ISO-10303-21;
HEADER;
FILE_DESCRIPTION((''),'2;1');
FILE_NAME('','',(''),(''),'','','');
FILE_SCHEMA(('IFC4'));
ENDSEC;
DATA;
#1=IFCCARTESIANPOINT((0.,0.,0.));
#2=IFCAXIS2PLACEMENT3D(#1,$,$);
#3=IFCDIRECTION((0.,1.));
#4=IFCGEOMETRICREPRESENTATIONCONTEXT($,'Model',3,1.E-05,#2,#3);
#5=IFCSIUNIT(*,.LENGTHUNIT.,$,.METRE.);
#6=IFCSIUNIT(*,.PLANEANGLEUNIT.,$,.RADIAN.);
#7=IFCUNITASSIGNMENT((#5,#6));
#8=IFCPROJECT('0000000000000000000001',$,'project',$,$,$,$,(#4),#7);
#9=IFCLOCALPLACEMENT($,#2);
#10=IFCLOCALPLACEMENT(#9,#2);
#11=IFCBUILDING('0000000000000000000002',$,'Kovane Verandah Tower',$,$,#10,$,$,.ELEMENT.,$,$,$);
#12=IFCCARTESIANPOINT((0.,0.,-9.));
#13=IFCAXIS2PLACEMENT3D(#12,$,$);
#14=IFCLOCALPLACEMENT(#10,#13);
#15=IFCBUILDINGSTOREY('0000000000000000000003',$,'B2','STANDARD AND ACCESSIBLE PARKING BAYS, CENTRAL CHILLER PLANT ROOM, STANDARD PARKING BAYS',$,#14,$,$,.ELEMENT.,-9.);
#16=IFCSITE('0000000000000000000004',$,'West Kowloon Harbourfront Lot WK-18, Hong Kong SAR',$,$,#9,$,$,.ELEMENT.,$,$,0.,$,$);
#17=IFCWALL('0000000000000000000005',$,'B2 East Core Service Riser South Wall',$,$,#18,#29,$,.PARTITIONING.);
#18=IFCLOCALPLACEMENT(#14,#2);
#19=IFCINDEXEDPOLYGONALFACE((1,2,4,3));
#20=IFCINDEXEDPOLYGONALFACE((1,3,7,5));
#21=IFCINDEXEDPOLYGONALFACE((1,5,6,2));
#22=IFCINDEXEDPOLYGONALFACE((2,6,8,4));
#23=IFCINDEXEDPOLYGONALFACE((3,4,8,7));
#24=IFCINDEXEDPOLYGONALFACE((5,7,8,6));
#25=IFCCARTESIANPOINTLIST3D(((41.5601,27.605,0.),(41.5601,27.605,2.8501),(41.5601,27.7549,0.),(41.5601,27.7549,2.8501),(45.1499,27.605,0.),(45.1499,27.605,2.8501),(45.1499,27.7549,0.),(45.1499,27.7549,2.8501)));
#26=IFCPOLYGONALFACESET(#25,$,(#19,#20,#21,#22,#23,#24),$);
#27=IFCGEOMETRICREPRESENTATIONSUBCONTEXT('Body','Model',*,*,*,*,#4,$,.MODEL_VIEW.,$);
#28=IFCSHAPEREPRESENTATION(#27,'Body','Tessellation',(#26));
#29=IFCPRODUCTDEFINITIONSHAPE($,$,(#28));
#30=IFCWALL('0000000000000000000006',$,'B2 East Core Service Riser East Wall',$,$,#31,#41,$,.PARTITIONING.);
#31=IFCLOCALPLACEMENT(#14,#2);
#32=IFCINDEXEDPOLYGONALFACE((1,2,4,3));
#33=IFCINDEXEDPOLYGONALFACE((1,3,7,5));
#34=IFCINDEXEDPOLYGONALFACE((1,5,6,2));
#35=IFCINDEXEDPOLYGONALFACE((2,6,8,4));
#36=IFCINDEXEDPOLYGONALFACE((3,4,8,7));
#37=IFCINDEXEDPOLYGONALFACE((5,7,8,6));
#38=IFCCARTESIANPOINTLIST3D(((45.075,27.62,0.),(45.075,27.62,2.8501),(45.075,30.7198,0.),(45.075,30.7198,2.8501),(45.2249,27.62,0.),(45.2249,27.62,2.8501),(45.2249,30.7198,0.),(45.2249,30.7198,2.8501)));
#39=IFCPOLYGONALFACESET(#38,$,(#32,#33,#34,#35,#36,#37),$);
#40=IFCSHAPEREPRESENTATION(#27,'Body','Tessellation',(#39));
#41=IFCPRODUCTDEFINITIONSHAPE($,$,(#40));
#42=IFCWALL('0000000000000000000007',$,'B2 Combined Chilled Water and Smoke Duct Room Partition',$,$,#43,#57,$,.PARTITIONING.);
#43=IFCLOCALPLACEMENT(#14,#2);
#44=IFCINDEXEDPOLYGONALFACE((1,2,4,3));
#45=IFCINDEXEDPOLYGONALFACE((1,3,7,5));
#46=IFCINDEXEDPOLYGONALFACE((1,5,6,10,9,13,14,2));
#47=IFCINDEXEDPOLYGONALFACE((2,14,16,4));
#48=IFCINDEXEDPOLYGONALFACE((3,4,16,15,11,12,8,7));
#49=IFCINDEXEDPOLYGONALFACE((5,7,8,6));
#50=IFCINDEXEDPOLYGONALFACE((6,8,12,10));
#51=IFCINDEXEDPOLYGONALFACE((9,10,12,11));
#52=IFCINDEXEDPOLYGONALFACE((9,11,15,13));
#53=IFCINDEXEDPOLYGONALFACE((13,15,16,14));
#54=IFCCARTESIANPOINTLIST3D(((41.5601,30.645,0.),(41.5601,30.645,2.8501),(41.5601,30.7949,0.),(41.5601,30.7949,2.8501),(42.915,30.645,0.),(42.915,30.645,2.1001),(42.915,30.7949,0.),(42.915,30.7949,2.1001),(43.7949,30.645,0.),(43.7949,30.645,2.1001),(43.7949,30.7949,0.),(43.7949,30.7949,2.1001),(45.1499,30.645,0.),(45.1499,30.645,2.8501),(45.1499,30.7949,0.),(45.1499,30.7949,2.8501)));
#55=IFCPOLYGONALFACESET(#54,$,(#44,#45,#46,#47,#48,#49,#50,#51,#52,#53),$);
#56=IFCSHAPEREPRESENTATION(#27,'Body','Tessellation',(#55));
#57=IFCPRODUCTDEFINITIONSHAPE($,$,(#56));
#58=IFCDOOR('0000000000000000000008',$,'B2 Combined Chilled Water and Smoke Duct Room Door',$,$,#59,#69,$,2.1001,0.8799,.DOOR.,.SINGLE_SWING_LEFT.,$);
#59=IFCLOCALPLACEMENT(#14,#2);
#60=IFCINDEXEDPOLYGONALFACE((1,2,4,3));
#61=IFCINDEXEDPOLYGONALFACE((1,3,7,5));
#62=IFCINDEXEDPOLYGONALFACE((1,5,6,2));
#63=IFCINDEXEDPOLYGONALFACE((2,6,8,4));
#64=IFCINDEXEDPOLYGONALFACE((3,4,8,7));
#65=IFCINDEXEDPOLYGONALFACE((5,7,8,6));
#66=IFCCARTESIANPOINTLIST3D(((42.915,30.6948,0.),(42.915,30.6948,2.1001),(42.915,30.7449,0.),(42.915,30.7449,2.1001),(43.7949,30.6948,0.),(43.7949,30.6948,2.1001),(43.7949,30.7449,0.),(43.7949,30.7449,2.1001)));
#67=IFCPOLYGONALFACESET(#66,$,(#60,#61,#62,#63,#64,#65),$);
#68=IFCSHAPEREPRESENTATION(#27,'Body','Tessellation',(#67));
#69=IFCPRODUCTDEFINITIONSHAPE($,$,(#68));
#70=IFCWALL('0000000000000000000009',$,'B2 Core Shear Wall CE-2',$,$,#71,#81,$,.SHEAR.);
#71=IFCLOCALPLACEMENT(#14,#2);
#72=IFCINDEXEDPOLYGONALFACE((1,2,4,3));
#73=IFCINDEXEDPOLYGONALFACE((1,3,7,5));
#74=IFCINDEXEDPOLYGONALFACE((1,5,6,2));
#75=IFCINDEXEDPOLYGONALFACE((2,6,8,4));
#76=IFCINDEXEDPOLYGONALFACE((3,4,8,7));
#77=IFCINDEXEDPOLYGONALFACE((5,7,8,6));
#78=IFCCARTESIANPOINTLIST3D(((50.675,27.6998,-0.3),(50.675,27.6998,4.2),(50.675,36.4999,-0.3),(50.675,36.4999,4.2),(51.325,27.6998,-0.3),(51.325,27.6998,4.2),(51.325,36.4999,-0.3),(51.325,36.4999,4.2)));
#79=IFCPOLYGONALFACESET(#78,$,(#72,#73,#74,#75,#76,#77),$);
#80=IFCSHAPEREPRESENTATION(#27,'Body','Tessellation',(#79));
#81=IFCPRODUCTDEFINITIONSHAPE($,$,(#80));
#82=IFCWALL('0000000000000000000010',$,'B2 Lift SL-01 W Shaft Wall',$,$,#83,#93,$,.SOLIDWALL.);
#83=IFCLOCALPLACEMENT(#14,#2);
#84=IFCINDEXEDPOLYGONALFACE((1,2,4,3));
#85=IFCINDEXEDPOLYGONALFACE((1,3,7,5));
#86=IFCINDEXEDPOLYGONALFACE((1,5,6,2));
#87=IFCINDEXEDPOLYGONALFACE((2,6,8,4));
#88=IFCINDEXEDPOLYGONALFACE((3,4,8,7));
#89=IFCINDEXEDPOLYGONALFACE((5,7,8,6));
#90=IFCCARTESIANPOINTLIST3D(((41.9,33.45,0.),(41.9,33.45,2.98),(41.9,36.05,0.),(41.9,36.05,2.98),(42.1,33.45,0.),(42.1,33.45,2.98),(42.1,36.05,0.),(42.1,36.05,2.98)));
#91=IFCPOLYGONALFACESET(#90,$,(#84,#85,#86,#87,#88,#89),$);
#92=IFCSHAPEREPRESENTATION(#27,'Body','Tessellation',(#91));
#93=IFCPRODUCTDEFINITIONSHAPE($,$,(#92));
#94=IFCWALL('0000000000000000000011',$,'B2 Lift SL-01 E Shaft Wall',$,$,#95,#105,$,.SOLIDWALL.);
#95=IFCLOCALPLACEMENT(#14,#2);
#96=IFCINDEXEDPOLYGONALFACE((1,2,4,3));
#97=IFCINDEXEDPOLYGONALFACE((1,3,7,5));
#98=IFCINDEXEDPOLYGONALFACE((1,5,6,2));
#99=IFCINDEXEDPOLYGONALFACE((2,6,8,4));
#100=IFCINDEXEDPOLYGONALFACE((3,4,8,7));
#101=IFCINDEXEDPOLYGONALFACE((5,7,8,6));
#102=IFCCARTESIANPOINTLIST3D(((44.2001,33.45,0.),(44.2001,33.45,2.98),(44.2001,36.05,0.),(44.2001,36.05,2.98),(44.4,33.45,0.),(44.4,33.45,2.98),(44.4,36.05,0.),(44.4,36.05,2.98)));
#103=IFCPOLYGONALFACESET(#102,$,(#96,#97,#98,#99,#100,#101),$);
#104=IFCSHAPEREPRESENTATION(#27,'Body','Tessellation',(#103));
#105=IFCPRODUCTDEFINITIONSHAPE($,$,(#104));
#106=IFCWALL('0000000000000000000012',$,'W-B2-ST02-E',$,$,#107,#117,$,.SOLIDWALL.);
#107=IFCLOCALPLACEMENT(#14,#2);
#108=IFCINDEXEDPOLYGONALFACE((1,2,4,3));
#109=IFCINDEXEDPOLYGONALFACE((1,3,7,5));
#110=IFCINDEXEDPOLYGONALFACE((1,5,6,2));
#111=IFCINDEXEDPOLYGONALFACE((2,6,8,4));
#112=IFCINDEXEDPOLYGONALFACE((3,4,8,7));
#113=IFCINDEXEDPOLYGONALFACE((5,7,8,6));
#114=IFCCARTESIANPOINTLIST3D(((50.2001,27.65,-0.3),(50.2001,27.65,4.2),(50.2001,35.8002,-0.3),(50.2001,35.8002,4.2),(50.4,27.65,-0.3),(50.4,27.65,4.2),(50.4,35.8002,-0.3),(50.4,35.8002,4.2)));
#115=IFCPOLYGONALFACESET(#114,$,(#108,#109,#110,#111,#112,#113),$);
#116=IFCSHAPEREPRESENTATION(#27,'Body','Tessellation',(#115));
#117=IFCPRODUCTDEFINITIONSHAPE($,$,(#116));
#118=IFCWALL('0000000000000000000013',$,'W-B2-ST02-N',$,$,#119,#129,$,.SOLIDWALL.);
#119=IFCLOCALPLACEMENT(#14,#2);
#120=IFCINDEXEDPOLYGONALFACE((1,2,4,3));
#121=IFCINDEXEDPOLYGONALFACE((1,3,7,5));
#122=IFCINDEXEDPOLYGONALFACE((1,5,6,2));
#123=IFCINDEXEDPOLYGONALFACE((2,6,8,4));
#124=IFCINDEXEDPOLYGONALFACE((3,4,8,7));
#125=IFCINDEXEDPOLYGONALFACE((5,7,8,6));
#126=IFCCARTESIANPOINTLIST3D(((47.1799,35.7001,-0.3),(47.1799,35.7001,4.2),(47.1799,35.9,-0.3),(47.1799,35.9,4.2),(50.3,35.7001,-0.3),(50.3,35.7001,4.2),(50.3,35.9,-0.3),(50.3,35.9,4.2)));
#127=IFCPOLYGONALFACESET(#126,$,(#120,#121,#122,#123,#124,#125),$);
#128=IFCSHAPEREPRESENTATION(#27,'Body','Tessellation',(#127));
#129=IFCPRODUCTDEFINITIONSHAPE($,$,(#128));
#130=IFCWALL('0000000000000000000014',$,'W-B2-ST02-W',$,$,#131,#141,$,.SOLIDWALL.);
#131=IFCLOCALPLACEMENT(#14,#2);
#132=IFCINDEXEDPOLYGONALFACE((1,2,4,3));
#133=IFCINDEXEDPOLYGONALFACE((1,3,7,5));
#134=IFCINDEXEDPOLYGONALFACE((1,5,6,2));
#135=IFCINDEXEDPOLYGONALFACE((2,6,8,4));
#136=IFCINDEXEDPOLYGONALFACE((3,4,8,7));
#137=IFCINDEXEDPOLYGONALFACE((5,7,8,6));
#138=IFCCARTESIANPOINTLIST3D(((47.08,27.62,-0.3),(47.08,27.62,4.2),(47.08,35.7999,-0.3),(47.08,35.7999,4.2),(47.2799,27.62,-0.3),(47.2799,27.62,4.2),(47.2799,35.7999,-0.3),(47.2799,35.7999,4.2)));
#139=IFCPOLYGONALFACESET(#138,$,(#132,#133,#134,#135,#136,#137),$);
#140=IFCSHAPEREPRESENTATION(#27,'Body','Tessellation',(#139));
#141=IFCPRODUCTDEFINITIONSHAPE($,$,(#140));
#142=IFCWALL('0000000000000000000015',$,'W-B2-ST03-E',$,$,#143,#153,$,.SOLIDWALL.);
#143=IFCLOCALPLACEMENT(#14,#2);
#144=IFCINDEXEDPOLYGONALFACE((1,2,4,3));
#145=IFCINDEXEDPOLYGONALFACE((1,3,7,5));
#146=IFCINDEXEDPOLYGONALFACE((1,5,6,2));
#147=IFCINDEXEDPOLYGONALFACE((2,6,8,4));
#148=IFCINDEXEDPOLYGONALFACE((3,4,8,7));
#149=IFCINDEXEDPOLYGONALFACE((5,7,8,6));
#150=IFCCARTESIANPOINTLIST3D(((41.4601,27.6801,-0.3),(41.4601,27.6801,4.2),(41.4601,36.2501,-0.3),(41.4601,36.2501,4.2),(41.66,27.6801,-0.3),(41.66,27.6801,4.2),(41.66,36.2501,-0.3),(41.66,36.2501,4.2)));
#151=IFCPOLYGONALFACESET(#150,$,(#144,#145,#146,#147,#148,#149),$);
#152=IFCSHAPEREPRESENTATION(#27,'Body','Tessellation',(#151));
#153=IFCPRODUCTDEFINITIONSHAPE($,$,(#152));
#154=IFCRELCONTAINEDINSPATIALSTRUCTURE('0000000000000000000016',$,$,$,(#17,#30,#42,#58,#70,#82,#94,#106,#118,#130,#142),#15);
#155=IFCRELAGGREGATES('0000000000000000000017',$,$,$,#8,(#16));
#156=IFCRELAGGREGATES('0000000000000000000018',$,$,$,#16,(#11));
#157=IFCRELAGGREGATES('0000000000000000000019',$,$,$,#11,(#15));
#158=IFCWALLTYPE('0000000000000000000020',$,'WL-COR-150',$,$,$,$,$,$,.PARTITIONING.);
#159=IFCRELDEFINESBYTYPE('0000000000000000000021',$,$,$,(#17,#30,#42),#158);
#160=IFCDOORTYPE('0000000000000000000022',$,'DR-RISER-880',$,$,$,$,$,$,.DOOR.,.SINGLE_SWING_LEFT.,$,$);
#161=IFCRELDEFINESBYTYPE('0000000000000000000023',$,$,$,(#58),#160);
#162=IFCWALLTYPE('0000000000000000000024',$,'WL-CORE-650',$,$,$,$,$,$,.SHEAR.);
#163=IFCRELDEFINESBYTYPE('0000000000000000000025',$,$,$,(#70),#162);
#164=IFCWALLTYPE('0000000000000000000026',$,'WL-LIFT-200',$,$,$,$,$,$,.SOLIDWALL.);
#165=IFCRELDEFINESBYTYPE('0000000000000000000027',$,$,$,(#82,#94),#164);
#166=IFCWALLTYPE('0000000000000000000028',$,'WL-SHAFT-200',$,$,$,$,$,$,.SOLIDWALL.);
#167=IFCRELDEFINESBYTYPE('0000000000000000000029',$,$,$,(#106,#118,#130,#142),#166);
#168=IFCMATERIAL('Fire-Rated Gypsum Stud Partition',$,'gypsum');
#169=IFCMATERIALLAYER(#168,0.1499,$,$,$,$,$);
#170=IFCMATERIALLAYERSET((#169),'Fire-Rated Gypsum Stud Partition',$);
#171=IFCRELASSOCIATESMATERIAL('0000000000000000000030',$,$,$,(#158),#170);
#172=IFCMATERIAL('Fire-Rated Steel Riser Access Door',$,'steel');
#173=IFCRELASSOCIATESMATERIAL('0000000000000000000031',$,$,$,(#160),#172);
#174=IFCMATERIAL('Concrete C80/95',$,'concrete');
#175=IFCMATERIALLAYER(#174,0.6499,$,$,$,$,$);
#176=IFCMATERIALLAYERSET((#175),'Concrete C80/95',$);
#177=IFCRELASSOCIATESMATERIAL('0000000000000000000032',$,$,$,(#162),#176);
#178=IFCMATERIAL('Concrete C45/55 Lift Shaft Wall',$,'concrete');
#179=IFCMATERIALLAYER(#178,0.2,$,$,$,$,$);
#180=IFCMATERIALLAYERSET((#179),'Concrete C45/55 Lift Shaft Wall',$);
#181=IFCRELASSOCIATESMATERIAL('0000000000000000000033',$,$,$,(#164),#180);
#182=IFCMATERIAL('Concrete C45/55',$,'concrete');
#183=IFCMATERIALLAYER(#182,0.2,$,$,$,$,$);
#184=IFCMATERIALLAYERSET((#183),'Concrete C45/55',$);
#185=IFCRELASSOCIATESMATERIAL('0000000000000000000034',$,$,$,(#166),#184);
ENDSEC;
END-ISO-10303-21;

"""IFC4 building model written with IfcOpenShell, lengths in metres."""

from ifc_helpers import new_model, si_unit, direction, frame, frame_2d, origin, place, context, subcontext, project, spatial, rectangle, extrude, material, layer, layer_set, type_object, element, fill, save


model = new_model("IFC4")

# Units and contexts
model_context = context("Model", 3, precision=1e-05, world=origin(), true_north=direction((0.0, 1.0)))
body_context = subcontext(model_context, "Body", "Model", "MODEL_VIEW")
ifc_project = project(units=[si_unit("LENGTHUNIT", "METRE"), si_unit("PLANEANGLEUNIT", "RADIAN")], contexts=[model_context])

# Site, building, storey
site_placement = place(None, origin())
site = spatial("IfcSite", under=ifc_project, at=site_placement, Name="West Kowloon Harbourfront Lot WK-18, Hong Kong SAR", CompositionType="ELEMENT", RefElevation=0.0)
building_placement = place(site_placement, origin())
building = spatial("IfcBuilding", under=site, at=building_placement, Name="Kovane Verandah Tower", CompositionType="ELEMENT")
storey_placement = place(building_placement, frame((0.0, 0.0, -9.0)))
storey = spatial("IfcBuildingStorey", under=building, at=storey_placement, Name="B2", Description="STANDARD AND ACCESSIBLE PARKING BAYS, CENTRAL CHILLER PLANT ROOM, STANDARD PARKING BAYS", CompositionType="ELEMENT", Elevation=-9.0)

# Walls
ifc_material_1 = material(Name="Fire-Rated Gypsum Stud Partition", Category="gypsum")
ifc_layer_1 = layer(ifc_material_1, 0.1499)
ifc_layer_set_1 = layer_set([ifc_layer_1], Name="Fire-Rated Gypsum Stud Partition")
wall_type_1 = type_object("IfcWallType", Name="WL-COR-150", PredefinedType="PARTITIONING", material=ifc_layer_set_1)
wall_1_placement = place(storey_placement, frame((41.5601, 27.6799, 0.0), z_axis=(0.0, 0.0, 1.0), x_axis=(1.0, 0.0, 0.0)))
element("IfcWall", 1, at=wall_1_placement, inside=storey, type_object=wall_type_1, Name="B2 East Core Service Riser South Wall", PredefinedType="PARTITIONING", context=body_context, shape_type="SweptSolid", body=[
    extrude(rectangle(XDim=3.5898, YDim=0.1499, at=frame_2d((1.7949, 0.0))), origin(), (0.0, 0.0, 1.0), 2.8501),
])
wall_2_placement = place(storey_placement, frame((45.1499, 27.6201, 0.0), z_axis=(0.0, 0.0, 1.0), x_axis=(0.0, 1.0, 0.0)))
element("IfcWall", 2, at=wall_2_placement, inside=storey, type_object=wall_type_1, Name="B2 East Core Service Riser East Wall", PredefinedType="PARTITIONING", context=body_context, shape_type="SweptSolid", body=[
    extrude(rectangle(XDim=3.0999, YDim=0.1499, at=frame_2d((1.5498, 0.0))), origin(), (0.0, 0.0, 1.0), 2.8501),
])

# Wall, opening, door
wall_3_placement = place(storey_placement, frame((41.5601, 30.72, 0.0), z_axis=(0.0, 0.0, 1.0), x_axis=(1.0, 0.0, 0.0)))
wall_3 = element("IfcWall", 3, at=wall_3_placement, inside=storey, type_object=wall_type_1, Name="B2 Combined Chilled Water and Smoke Duct Room Partition", PredefinedType="PARTITIONING", context=body_context, shape_type="SweptSolid", body=[
    extrude(rectangle(XDim=3.5898, YDim=0.1499, at=frame_2d((1.7949, 0.0))), origin(), (0.0, 0.0, 1.0), 2.8501),
])
opening_1_placement = place(wall_3_placement, frame((1.355, 0.0, 0.0)))
opening_1 = element("IfcOpeningElement", 4, at=opening_1_placement, cuts=wall_3, PredefinedType="OPENING", context=body_context, shape_type="SweptSolid", body=[
    extrude(rectangle(XDim=0.8799, YDim=2.1001, at=frame_2d((0.4399, 1.05))), frame((0.0, 0.075, 0.0), z_axis=(0.0, -1.0, 0.0), x_axis=(1.0, 0.0, 0.0)), (0.0, 0.0, 1.0), 0.1499),
])
ifc_material_2 = material(Name="Fire-Rated Steel Riser Access Door", Category="steel")
door_type_1 = type_object("IfcDoorType", Name="DR-RISER-880", OperationType="SINGLE_SWING_LEFT", PredefinedType="DOOR", material=ifc_material_2)
door_1_placement = place(opening_1_placement, origin())
door_1 = element("IfcDoor", 5, at=door_1_placement, inside=storey, type_object=door_type_1, Name="B2 Combined Chilled Water and Smoke Duct Room Door", OperationType="SINGLE_SWING_LEFT", OverallHeight=2.1001, OverallWidth=0.8799, PredefinedType="DOOR", context=body_context, shape_type="SweptSolid", body=[
    extrude(rectangle(XDim=0.8799, YDim=2.1001, at=frame_2d((0.4399, 1.05))), frame((0.0, 0.0249, 0.0), z_axis=(0.0, -1.0, 0.0), x_axis=(1.0, 0.0, 0.0)), (0.0, 0.0, 1.0), 0.05),
])
fill(opening_1, door_1)

# Wall
ifc_material_3 = material(Name="Concrete C80/95", Category="concrete")
ifc_layer_2 = layer(ifc_material_3, 0.6499)
ifc_layer_set_2 = layer_set([ifc_layer_2], Name="Concrete C80/95")
wall_type_2 = type_object("IfcWallType", Name="WL-CORE-650", PredefinedType="SHEAR", material=ifc_layer_set_2)
wall_4_placement = place(storey_placement, frame((51.0, 27.7, -0.3), z_axis=(0.0, 0.0, 1.0), x_axis=(0.0, 1.0, 0.0)))
element("IfcWall", 6, at=wall_4_placement, inside=storey, type_object=wall_type_2, Name="B2 Core Shear Wall CE-2", PredefinedType="SHEAR", context=body_context, shape_type="SweptSolid", body=[
    extrude(rectangle(XDim=8.8, YDim=0.6499, at=frame_2d((4.3999, 0.0))), origin(), (0.0, 0.0, 1.0), 4.5),
])

# Shared definitions
ifc_material_4 = material(Name="Concrete C45/55 Lift Shaft Wall", Category="concrete")
ifc_layer_3 = layer(ifc_material_4, 0.2)
ifc_layer_set_3 = layer_set([ifc_layer_3], Name="Concrete C45/55 Lift Shaft Wall")
wall_type_3 = type_object("IfcWallType", Name="WL-LIFT-200", PredefinedType="SOLIDWALL", material=ifc_layer_set_3)

# Walls
for number, where, z_axis, x_axis, name in (
    (7, (42.0, 36.05, 0.0), (0.0, 0.0, 1.0), (0.0, -1.0, 0.0), "B2 Lift SL-01 W Shaft Wall"),
    (8, (44.3, 33.45, 0.0), (0.0, 0.0, 1.0), (0.0, 1.0, 0.0), "B2 Lift SL-01 E Shaft Wall"),
):
    element("IfcWall", number, at=place(storey_placement, frame(where, z_axis=z_axis, x_axis=x_axis)), inside=storey, type_object=wall_type_3, Name=name, PredefinedType="SOLIDWALL", context=body_context, shape_type="SweptSolid", body=[
        extrude(rectangle(XDim=2.6001, YDim=0.2, at=frame_2d((1.3, 0.0))), origin(), (0.0, 0.0, 1.0), 2.98),
    ])
ifc_material_5 = material(Name="Concrete C45/55", Category="concrete")
ifc_layer_4 = layer(ifc_material_5, 0.2)
ifc_layer_set_4 = layer_set([ifc_layer_4], Name="Concrete C45/55")
wall_type_4 = type_object("IfcWallType", Name="WL-SHAFT-200", PredefinedType="SOLIDWALL", material=ifc_layer_set_4)
wall_5_placement = place(storey_placement, frame((50.3, 27.6499, -0.3), z_axis=(0.0, 0.0, 1.0), x_axis=(0.0, 1.0, 0.0)))
element("IfcWall", 9, at=wall_5_placement, inside=storey, type_object=wall_type_4, Name="W-B2-ST02-E", PredefinedType="SOLIDWALL", context=body_context, shape_type="SweptSolid", body=[
    extrude(rectangle(XDim=8.1501, YDim=0.2, at=frame_2d((4.0752, 0.0))), origin(), (0.0, 0.0, 1.0), 4.5),
])
wall_6_placement = place(storey_placement, frame((47.1799, 35.8, -0.3), z_axis=(0.0, 0.0, 1.0), x_axis=(1.0, 0.0, 0.0)))
element("IfcWall", 10, at=wall_6_placement, inside=storey, type_object=wall_type_4, Name="W-B2-ST02-N", PredefinedType="SOLIDWALL", context=body_context, shape_type="SweptSolid", body=[
    extrude(rectangle(XDim=3.1201, YDim=0.2, at=frame_2d((1.5601, 0.0))), origin(), (0.0, 0.0, 1.0), 4.5),
])
wall_7_placement = place(storey_placement, frame((47.1799, 27.6201, -0.3), z_axis=(0.0, 0.0, 1.0), x_axis=(0.0, 1.0, 0.0)))
element("IfcWall", 11, at=wall_7_placement, inside=storey, type_object=wall_type_4, Name="W-B2-ST02-W", PredefinedType="SOLIDWALL", context=body_context, shape_type="SweptSolid", body=[
    extrude(rectangle(XDim=8.1799, YDim=0.2, at=frame_2d((4.0898, 0.0))), origin(), (0.0, 0.0, 1.0), 4.5),
])

# Wall
wall_8_placement = place(storey_placement, frame((41.5601, 27.6799, -0.3), z_axis=(0.0, 0.0, 1.0), x_axis=(0.0, 1.0, 0.0)))
element("IfcWall", 12, at=wall_8_placement, inside=storey, type_object=wall_type_4, Name="W-B2-ST03-E", PredefinedType="SOLIDWALL", context=body_context, shape_type="SweptSolid", body=[
    extrude(rectangle(XDim=8.5701, YDim=0.2, at=frame_2d((4.2852, 0.0))), origin(), (0.0, 0.0, 1.0), 4.5),
])

save(model, "model.ifc")
